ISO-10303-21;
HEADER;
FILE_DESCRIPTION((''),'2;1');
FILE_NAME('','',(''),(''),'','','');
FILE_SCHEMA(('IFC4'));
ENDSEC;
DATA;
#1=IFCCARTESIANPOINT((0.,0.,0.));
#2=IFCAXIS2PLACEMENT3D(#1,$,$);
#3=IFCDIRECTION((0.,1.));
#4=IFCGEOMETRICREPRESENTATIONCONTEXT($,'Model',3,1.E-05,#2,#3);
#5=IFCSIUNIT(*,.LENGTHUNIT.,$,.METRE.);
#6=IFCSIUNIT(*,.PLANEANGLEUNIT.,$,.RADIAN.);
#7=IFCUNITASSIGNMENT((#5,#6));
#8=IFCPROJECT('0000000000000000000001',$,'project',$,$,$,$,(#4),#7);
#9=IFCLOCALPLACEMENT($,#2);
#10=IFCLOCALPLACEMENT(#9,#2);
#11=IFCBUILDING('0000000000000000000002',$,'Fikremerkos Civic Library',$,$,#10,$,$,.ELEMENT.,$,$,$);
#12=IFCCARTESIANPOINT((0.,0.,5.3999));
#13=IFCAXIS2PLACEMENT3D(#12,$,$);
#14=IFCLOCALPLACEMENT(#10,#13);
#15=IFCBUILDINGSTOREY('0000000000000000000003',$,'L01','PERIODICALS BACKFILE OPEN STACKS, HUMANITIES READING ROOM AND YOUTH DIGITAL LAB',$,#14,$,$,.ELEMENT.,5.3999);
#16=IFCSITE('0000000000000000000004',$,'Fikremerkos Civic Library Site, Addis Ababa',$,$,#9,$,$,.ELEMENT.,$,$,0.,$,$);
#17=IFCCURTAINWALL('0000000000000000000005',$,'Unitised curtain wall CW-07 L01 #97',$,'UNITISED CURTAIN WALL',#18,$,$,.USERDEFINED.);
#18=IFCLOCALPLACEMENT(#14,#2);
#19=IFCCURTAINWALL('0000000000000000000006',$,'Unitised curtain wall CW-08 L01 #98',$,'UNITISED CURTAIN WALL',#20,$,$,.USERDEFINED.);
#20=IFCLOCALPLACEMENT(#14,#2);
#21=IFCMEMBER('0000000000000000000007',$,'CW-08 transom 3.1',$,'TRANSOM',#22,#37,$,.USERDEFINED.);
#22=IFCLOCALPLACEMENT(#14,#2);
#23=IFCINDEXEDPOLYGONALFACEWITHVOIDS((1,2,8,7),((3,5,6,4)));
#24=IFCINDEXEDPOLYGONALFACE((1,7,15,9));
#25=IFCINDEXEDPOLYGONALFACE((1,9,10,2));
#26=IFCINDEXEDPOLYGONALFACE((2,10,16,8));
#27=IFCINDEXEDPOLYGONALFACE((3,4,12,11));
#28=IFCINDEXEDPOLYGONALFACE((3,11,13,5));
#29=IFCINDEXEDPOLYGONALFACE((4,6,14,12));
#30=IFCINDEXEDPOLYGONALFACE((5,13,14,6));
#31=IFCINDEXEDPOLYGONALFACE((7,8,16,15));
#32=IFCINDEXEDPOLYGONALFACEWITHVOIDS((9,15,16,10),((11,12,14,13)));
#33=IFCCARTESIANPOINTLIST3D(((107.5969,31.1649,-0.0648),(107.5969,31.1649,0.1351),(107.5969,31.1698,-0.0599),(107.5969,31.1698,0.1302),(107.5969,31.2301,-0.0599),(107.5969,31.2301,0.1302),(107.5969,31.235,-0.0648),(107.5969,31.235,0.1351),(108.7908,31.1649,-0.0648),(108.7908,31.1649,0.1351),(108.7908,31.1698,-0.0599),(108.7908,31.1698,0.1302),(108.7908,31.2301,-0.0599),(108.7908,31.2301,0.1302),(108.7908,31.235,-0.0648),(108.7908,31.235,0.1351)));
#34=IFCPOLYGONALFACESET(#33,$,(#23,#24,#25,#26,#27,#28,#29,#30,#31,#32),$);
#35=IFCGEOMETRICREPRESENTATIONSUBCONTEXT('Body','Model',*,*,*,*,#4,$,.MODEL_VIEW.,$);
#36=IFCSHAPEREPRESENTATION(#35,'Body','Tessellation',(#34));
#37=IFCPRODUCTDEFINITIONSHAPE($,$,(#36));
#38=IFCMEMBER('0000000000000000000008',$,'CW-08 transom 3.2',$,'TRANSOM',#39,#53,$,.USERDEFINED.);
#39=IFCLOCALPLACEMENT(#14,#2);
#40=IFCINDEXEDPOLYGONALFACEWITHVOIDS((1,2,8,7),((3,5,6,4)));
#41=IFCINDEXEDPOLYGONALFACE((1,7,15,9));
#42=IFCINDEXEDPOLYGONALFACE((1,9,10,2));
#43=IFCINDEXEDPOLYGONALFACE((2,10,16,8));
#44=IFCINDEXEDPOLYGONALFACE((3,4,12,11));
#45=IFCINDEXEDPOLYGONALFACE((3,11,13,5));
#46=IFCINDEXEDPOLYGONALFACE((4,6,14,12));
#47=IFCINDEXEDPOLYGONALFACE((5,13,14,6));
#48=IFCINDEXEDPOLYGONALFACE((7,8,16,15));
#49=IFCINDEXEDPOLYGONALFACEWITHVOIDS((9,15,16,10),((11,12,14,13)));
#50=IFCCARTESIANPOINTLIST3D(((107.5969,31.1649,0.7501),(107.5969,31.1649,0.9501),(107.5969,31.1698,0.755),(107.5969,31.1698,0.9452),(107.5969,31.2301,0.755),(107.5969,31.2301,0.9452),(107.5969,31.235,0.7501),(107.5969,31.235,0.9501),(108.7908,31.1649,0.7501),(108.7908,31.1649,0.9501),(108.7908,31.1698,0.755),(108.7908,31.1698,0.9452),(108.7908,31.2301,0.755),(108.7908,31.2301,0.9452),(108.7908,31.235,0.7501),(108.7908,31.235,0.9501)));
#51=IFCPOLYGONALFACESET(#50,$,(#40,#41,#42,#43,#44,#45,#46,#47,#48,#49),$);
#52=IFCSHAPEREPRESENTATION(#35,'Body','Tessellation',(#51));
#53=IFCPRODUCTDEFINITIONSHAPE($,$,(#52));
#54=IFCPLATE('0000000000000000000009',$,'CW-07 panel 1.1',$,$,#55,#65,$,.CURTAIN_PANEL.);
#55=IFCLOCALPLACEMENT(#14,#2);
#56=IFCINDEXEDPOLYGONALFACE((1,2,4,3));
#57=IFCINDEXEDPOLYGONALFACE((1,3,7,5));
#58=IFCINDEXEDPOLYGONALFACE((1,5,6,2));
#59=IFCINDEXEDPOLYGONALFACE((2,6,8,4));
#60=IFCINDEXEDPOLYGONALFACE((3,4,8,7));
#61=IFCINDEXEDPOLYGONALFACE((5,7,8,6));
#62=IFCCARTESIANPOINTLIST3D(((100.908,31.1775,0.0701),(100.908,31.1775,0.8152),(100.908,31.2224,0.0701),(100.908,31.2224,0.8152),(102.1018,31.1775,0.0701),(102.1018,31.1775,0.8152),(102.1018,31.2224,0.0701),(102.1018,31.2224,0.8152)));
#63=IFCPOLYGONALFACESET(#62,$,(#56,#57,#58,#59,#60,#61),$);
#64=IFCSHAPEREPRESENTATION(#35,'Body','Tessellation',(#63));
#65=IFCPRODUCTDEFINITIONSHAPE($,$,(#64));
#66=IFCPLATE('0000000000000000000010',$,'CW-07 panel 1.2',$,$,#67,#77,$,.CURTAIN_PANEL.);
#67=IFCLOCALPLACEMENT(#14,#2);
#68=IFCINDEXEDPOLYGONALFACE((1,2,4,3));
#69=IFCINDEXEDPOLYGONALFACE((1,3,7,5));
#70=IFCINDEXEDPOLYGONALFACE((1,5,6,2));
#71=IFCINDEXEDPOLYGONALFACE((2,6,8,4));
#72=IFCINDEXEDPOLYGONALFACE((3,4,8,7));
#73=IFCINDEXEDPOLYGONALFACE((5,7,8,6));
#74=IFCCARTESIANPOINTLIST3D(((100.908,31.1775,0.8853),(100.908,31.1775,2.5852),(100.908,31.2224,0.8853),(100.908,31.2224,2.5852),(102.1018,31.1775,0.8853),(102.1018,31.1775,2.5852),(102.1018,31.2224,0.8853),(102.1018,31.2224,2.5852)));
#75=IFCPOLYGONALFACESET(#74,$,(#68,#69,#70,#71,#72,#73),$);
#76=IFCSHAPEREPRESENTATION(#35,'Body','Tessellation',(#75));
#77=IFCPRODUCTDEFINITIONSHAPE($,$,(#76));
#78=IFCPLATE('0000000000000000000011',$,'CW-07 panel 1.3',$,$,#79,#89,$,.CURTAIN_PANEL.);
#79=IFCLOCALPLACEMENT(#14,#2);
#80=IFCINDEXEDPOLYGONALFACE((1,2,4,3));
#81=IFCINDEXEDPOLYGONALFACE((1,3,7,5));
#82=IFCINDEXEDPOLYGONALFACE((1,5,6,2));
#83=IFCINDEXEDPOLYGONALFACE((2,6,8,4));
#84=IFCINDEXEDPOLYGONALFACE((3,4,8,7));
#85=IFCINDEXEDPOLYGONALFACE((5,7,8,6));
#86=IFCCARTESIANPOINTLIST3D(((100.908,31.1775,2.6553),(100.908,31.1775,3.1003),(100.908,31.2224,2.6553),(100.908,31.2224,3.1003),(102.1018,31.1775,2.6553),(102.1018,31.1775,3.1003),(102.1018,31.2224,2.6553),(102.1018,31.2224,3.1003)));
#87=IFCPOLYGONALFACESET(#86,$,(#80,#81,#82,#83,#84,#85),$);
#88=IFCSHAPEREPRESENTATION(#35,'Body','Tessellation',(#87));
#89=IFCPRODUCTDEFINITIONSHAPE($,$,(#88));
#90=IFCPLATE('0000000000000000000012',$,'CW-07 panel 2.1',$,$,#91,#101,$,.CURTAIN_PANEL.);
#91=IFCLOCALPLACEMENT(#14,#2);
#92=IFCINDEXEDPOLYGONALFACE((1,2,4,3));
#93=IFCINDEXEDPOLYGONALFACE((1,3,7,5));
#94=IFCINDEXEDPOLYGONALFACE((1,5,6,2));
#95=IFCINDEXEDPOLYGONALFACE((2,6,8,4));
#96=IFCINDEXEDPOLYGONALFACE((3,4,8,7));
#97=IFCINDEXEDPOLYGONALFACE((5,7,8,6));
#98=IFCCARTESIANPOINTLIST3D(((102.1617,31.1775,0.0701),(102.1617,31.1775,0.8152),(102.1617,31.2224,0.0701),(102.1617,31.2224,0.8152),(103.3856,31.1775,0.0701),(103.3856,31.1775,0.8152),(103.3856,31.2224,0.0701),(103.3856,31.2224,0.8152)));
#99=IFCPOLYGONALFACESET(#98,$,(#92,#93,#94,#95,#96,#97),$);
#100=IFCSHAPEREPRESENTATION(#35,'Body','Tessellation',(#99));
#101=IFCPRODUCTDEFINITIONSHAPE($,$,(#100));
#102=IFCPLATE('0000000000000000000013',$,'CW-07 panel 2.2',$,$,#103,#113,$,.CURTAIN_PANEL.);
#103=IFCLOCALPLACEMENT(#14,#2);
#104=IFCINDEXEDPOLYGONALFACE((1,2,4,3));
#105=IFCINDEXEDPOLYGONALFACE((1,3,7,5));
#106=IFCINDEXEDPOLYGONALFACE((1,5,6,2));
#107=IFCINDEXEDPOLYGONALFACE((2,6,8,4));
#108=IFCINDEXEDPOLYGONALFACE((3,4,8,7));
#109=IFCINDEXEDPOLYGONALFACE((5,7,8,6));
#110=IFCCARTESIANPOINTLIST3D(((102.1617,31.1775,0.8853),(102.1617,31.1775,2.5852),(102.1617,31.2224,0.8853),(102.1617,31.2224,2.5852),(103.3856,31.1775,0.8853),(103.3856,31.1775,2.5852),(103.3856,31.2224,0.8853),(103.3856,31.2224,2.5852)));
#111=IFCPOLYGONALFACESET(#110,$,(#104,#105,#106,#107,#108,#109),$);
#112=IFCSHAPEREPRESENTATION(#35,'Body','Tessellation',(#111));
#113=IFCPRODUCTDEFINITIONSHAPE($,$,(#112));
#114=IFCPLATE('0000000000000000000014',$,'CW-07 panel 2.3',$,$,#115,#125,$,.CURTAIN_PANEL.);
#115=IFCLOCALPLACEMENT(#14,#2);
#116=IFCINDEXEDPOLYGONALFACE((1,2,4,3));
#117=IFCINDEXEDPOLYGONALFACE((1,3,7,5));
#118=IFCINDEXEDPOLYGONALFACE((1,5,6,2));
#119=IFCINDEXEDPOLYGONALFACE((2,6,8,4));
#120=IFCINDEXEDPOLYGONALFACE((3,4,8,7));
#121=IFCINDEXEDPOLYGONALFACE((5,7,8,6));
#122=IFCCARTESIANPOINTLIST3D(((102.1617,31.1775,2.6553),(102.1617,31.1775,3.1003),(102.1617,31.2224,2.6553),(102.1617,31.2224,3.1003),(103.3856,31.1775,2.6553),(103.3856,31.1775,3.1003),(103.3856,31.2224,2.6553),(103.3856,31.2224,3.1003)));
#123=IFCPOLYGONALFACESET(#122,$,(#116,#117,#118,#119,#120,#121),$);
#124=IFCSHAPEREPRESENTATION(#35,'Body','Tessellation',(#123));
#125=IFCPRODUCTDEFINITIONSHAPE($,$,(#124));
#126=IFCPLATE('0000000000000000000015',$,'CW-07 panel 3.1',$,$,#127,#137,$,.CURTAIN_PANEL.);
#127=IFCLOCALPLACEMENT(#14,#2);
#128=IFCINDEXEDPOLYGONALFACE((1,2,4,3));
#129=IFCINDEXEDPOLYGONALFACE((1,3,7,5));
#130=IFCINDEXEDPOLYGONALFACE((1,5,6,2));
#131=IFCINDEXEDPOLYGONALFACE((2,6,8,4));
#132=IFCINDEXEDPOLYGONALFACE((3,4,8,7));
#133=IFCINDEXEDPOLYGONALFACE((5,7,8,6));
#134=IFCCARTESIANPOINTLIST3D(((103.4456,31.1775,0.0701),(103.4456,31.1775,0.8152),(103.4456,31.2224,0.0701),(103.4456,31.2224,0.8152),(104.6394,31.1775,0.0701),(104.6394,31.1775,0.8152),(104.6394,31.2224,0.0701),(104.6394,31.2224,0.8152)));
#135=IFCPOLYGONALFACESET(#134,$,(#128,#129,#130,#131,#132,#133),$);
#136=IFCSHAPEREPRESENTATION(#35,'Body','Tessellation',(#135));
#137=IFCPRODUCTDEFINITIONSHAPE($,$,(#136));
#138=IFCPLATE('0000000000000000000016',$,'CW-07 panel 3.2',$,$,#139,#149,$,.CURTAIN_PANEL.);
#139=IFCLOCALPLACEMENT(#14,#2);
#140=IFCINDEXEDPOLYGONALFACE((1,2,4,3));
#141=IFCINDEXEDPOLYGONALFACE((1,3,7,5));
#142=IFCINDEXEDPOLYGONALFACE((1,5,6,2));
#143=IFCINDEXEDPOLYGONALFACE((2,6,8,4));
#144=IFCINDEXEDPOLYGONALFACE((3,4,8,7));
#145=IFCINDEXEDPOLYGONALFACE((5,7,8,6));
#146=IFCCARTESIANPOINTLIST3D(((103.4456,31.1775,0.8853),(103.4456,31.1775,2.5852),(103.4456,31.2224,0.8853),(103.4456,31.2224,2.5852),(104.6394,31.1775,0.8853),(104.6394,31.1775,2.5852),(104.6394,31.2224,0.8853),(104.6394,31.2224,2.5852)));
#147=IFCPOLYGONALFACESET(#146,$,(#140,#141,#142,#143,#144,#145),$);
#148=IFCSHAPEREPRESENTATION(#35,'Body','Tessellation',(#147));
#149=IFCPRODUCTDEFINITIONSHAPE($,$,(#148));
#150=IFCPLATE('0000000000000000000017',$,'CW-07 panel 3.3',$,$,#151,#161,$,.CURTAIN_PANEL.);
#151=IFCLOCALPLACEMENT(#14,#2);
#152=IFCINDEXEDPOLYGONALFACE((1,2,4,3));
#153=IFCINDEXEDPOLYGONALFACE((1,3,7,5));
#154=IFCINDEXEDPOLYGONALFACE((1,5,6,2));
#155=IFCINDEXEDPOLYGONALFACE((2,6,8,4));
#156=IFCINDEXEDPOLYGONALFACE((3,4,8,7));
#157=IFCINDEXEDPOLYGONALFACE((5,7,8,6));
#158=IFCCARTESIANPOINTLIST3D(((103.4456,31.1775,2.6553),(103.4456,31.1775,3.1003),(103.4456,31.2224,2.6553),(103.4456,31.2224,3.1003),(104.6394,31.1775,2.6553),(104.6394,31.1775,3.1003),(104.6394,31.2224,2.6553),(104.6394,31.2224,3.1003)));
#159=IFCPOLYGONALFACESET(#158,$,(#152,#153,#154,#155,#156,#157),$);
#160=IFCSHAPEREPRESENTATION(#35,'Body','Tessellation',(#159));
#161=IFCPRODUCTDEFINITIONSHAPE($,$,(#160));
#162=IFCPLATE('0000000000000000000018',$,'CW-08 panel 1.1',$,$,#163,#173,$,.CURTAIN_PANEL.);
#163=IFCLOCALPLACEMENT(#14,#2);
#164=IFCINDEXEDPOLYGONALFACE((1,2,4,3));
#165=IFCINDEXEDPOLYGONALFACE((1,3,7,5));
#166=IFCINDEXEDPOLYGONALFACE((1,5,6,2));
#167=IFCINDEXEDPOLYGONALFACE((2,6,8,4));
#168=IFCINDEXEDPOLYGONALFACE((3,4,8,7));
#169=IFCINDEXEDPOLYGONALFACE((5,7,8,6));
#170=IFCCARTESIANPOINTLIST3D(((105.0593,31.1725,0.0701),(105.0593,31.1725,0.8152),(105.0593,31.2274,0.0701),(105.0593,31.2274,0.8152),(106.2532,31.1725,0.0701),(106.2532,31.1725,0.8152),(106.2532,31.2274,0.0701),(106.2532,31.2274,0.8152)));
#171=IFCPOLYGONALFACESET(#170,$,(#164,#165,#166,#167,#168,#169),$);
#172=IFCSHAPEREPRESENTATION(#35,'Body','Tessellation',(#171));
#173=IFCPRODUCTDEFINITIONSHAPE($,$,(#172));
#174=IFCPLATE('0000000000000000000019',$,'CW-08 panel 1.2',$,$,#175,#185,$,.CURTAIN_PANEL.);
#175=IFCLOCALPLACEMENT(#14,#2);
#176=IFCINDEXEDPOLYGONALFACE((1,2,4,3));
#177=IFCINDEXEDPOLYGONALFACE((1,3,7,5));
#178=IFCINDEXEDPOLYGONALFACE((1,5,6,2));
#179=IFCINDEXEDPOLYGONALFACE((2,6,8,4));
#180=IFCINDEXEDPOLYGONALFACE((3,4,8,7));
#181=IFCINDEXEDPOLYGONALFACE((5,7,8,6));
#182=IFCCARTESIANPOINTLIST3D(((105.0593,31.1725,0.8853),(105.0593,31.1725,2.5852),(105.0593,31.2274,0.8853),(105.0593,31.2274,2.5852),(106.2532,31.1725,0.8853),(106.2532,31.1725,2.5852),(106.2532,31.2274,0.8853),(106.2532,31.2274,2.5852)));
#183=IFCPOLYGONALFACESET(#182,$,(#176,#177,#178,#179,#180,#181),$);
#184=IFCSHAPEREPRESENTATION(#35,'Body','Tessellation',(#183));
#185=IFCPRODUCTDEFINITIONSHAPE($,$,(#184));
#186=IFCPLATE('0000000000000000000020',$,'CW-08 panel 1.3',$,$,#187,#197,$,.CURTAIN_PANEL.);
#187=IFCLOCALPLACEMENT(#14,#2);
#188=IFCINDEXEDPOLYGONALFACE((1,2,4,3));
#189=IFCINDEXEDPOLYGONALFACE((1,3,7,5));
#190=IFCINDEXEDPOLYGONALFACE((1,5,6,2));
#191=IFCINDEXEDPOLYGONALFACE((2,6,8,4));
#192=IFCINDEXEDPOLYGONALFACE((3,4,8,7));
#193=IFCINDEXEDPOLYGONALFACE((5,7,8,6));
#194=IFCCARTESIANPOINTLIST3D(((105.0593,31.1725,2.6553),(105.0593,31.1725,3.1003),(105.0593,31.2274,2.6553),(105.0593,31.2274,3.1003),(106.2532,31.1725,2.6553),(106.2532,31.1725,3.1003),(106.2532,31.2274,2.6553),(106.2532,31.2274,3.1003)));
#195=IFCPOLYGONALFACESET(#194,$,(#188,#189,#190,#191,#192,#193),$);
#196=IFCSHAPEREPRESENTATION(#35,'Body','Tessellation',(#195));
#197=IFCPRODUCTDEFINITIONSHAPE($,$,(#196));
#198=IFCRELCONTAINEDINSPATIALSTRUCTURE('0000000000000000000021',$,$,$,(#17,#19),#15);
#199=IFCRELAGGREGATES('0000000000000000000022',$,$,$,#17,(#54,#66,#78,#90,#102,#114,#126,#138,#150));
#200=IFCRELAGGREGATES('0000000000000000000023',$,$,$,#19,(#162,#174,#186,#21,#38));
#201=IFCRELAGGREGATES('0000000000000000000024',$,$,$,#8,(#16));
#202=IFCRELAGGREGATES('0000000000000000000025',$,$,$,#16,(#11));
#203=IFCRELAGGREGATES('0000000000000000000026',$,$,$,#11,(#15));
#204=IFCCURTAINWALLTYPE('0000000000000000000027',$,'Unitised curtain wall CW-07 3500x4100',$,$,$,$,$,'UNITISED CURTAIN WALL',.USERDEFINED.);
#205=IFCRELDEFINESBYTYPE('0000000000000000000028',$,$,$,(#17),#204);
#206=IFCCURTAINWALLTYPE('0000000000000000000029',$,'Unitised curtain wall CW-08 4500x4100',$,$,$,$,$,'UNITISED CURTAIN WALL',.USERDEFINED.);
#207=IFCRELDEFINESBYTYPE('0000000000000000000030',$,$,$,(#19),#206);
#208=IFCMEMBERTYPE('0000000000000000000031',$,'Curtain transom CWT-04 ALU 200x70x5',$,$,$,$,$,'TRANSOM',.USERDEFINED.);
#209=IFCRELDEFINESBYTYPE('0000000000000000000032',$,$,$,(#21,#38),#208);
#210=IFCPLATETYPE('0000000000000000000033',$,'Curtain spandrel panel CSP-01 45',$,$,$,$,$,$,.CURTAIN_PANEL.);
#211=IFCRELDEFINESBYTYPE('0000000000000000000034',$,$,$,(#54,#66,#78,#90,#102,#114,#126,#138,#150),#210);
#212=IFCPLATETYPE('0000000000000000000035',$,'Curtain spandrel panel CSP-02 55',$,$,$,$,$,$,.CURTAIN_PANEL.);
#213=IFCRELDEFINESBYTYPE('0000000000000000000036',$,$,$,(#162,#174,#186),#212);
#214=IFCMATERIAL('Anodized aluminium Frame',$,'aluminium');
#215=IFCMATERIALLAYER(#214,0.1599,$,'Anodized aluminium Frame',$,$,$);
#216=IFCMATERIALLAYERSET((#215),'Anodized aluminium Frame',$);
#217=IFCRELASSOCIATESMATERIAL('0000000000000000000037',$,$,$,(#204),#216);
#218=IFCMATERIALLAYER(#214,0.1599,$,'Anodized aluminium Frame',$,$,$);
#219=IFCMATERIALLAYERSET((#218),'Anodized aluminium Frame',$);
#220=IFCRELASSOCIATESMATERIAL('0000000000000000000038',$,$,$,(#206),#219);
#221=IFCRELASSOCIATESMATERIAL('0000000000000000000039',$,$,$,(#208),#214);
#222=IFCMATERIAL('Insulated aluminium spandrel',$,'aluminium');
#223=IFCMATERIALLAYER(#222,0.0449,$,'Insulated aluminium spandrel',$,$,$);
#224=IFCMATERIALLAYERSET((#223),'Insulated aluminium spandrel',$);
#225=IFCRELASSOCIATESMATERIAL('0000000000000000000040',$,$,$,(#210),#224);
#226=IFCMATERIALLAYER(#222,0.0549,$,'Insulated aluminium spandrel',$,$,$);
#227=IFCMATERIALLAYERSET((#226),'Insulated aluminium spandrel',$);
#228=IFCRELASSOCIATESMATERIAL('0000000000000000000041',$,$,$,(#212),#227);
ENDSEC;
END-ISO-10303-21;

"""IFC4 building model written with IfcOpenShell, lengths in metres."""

from ifc_helpers import new_model, si_unit, direction, frame, origin, origin_2d, place, context, subcontext, project, spatial, rectangle, hollow_rectangle, extrude, material, layer, layer_set, material_profile, profile_set, type_object, element, aggregate, save


model = new_model("IFC4")

# Units and contexts
model_context = context("Model", 3, precision=1e-05, world=origin(), true_north=direction((0.0, 1.0)))
body_context = subcontext(model_context, "Body", "Model", "MODEL_VIEW")
ifc_project = project(units=[si_unit("LENGTHUNIT", "METRE"), si_unit("PLANEANGLEUNIT", "RADIAN")], contexts=[model_context])

# Site, building, storey
site_placement = place(None, origin())
site = spatial("IfcSite", under=ifc_project, at=site_placement, Name="Fikremerkos Civic Library Site, Addis Ababa", CompositionType="ELEMENT", RefElevation=0.0)
building_placement = place(site_placement, origin())
building = spatial("IfcBuilding", under=site, at=building_placement, Name="Fikremerkos Civic Library", CompositionType="ELEMENT")
storey_placement = place(building_placement, frame((0.0, 0.0, 5.3999)))
storey = spatial("IfcBuildingStorey", under=building, at=storey_placement, Name="L01", Description="PERIODICALS BACKFILE OPEN STACKS, HUMANITIES READING ROOM AND YOUTH DIGITAL LAB", CompositionType="ELEMENT", Elevation=5.3999)

# Curtain walls
ifc_material_1 = material(Name="Anodized aluminium Frame", Category="aluminium")
ifc_layer_1 = layer(ifc_material_1, 0.1599, Name="Anodized aluminium Frame")
ifc_layer_set_1 = layer_set([ifc_layer_1], Name="Anodized aluminium Frame")
curtain_wall_type_1 = type_object("IfcCurtainWallType", Name="Unitised curtain wall CW-07 3500x4100", ElementType="UNITISED CURTAIN WALL", PredefinedType="USERDEFINED", material=ifc_layer_set_1)
curtain_wall_1_placement = place(storey_placement, origin())
curtain_wall_1 = element("IfcCurtainWall", 1, at=curtain_wall_1_placement, inside=storey, type_object=curtain_wall_type_1, Name="Unitised curtain wall CW-07 L01 #97", ObjectType="UNITISED CURTAIN WALL", PredefinedType="USERDEFINED")
ifc_layer_2 = layer(ifc_material_1, 0.1599, Name="Anodized aluminium Frame")
ifc_layer_set_2 = layer_set([ifc_layer_2], Name="Anodized aluminium Frame")
curtain_wall_type_2 = type_object("IfcCurtainWallType", Name="Unitised curtain wall CW-08 4500x4100", ElementType="UNITISED CURTAIN WALL", PredefinedType="USERDEFINED", material=ifc_layer_set_2)
curtain_wall_2_placement = place(storey_placement, origin())
curtain_wall_2 = element("IfcCurtainWall", 2, at=curtain_wall_2_placement, inside=storey, type_object=curtain_wall_type_2, Name="Unitised curtain wall CW-08 L01 #98", ObjectType="UNITISED CURTAIN WALL", PredefinedType="USERDEFINED")

# Members
ifc_material_profile_1 = material_profile(ifc_material_1, hollow_rectangle(XDim=0.0701, YDim=0.2, WallThickness=0.0049, at=origin_2d()), Name="ALU 200x70x5")
ifc_profile_set_1 = profile_set([ifc_material_profile_1], Name="Anodized aluminium Frame")
member_type_1 = type_object("IfcMemberType", Name="Curtain transom CWT-04 ALU 200x70x5", ElementType="TRANSOM", PredefinedType="USERDEFINED", material=ifc_profile_set_1)
member_1_placement = place(storey_placement, frame((107.5969, 31.2, 0.0352), z_axis=(1.0, 0.0, 0.0), x_axis=(0.0, 1.0, 0.0)))
member_1 = element("IfcMember", 3, at=member_1_placement, type_object=member_type_1, Name="CW-08 transom 3.1", ObjectType="TRANSOM", PredefinedType="USERDEFINED", context=body_context, shape_type="SweptSolid", body=[
    extrude(hollow_rectangle(XDim=0.0701, YDim=0.2, WallThickness=0.0049, at=origin_2d()), origin(), (0.0, 0.0, 1.0), 1.1938),
])
member_2_placement = place(storey_placement, frame((107.5969, 31.2, 0.8501), z_axis=(1.0, 0.0, 0.0), x_axis=(0.0, 1.0, 0.0)))
member_2 = element("IfcMember", 4, at=member_2_placement, type_object=member_type_1, Name="CW-08 transom 3.2", ObjectType="TRANSOM", PredefinedType="USERDEFINED", context=body_context, shape_type="SweptSolid", body=[
    extrude(hollow_rectangle(XDim=0.0701, YDim=0.2, WallThickness=0.0049, at=origin_2d()), origin(), (0.0, 0.0, 1.0), 1.1938),
])

# Plates
ifc_material_2 = material(Name="Insulated aluminium spandrel", Category="aluminium")
ifc_layer_3 = layer(ifc_material_2, 0.0449, Name="Insulated aluminium spandrel")
ifc_layer_set_3 = layer_set([ifc_layer_3], Name="Insulated aluminium spandrel")
plate_type_1 = type_object("IfcPlateType", Name="Curtain spandrel panel CSP-01 45", PredefinedType="CURTAIN_PANEL", material=ifc_layer_set_3)
plate_1_placement = place(storey_placement, frame((101.5049, 31.2, 0.0701), z_axis=(0.0, 0.0, 1.0), x_axis=(1.0, 0.0, 0.0)))
plate_1 = element("IfcPlate", 5, at=plate_1_placement, type_object=plate_type_1, Name="CW-07 panel 1.1", PredefinedType="CURTAIN_PANEL", context=body_context, shape_type="SweptSolid", body=[
    extrude(rectangle(XDim=1.1938, YDim=0.0449, at=origin_2d()), origin(), (0.0, 0.0, 1.0), 0.7451),
])
plate_2_placement = place(storey_placement, frame((101.5049, 31.2, 0.8853), z_axis=(0.0, 0.0, 1.0), x_axis=(1.0, 0.0, 0.0)))
plate_2 = element("IfcPlate", 6, at=plate_2_placement, type_object=plate_type_1, Name="CW-07 panel 1.2", PredefinedType="CURTAIN_PANEL", context=body_context, shape_type="SweptSolid", body=[
    extrude(rectangle(XDim=1.1938, YDim=0.0449, at=origin_2d()), origin(), (0.0, 0.0, 1.0), 1.7),
])
plate_3_placement = place(storey_placement, frame((101.5049, 31.2, 2.6553), z_axis=(0.0, 0.0, 1.0), x_axis=(1.0, 0.0, 0.0)))
plate_3 = element("IfcPlate", 7, at=plate_3_placement, type_object=plate_type_1, Name="CW-07 panel 1.3", PredefinedType="CURTAIN_PANEL", context=body_context, shape_type="SweptSolid", body=[
    extrude(rectangle(XDim=1.1938, YDim=0.0449, at=origin_2d()), origin(), (0.0, 0.0, 1.0), 0.4451),
])
plate_4_placement = place(storey_placement, frame((102.7737, 31.2, 0.0701), z_axis=(0.0, 0.0, 1.0), x_axis=(1.0, 0.0, 0.0)))
plate_4 = element("IfcPlate", 8, at=plate_4_placement, type_object=plate_type_1, Name="CW-07 panel 2.1", PredefinedType="CURTAIN_PANEL", context=body_context, shape_type="SweptSolid", body=[
    extrude(rectangle(XDim=1.2239, YDim=0.0449, at=origin_2d()), origin(), (0.0, 0.0, 1.0), 0.7451),
])
plate_5_placement = place(storey_placement, frame((102.7737, 31.2, 0.8853), z_axis=(0.0, 0.0, 1.0), x_axis=(1.0, 0.0, 0.0)))
plate_5 = element("IfcPlate", 9, at=plate_5_placement, type_object=plate_type_1, Name="CW-07 panel 2.2", PredefinedType="CURTAIN_PANEL", context=body_context, shape_type="SweptSolid", body=[
    extrude(rectangle(XDim=1.2239, YDim=0.0449, at=origin_2d()), origin(), (0.0, 0.0, 1.0), 1.7),
])
plate_6_placement = place(storey_placement, frame((102.7737, 31.2, 2.6553), z_axis=(0.0, 0.0, 1.0), x_axis=(1.0, 0.0, 0.0)))
plate_6 = element("IfcPlate", 10, at=plate_6_placement, type_object=plate_type_1, Name="CW-07 panel 2.3", PredefinedType="CURTAIN_PANEL", context=body_context, shape_type="SweptSolid", body=[
    extrude(rectangle(XDim=1.2239, YDim=0.0449, at=origin_2d()), origin(), (0.0, 0.0, 1.0), 0.4451),
])
plate_7_placement = place(storey_placement, frame((104.0425, 31.2, 0.0701), z_axis=(0.0, 0.0, 1.0), x_axis=(1.0, 0.0, 0.0)))
plate_7 = element("IfcPlate", 11, at=plate_7_placement, type_object=plate_type_1, Name="CW-07 panel 3.1", PredefinedType="CURTAIN_PANEL", context=body_context, shape_type="SweptSolid", body=[
    extrude(rectangle(XDim=1.1938, YDim=0.0449, at=origin_2d()), origin(), (0.0, 0.0, 1.0), 0.7451),
])
plate_8_placement = place(storey_placement, frame((104.0425, 31.2, 0.8853), z_axis=(0.0, 0.0, 1.0), x_axis=(1.0, 0.0, 0.0)))
plate_8 = element("IfcPlate", 12, at=plate_8_placement, type_object=plate_type_1, Name="CW-07 panel 3.2", PredefinedType="CURTAIN_PANEL", context=body_context, shape_type="SweptSolid", body=[
    extrude(rectangle(XDim=1.1938, YDim=0.0449, at=origin_2d()), origin(), (0.0, 0.0, 1.0), 1.7),
])
plate_9_placement = place(storey_placement, frame((104.0425, 31.2, 2.6553), z_axis=(0.0, 0.0, 1.0), x_axis=(1.0, 0.0, 0.0)))
plate_9 = element("IfcPlate", 13, at=plate_9_placement, type_object=plate_type_1, Name="CW-07 panel 3.3", PredefinedType="CURTAIN_PANEL", context=body_context, shape_type="SweptSolid", body=[
    extrude(rectangle(XDim=1.1938, YDim=0.0449, at=origin_2d()), origin(), (0.0, 0.0, 1.0), 0.4451),
])
aggregate(curtain_wall_1, [plate_1, plate_2, plate_3, plate_4, plate_5, plate_6, plate_7, plate_8, plate_9])
ifc_layer_4 = layer(ifc_material_2, 0.0549, Name="Insulated aluminium spandrel")
ifc_layer_set_4 = layer_set([ifc_layer_4], Name="Insulated aluminium spandrel")
plate_type_2 = type_object("IfcPlateType", Name="Curtain spandrel panel CSP-02 55", PredefinedType="CURTAIN_PANEL", material=ifc_layer_set_4)
plate_10_placement = place(storey_placement, frame((105.6562, 31.2, 0.0701), z_axis=(0.0, 0.0, 1.0), x_axis=(1.0, 0.0, 0.0)))
plate_10 = element("IfcPlate", 14, at=plate_10_placement, type_object=plate_type_2, Name="CW-08 panel 1.1", PredefinedType="CURTAIN_PANEL", context=body_context, shape_type="SweptSolid", body=[
    extrude(rectangle(XDim=1.1938, YDim=0.0549, at=origin_2d()), origin(), (0.0, 0.0, 1.0), 0.7451),
])
plate_11_placement = place(storey_placement, frame((105.6562, 31.2, 0.8853), z_axis=(0.0, 0.0, 1.0), x_axis=(1.0, 0.0, 0.0)))
plate_11 = element("IfcPlate", 15, at=plate_11_placement, type_object=plate_type_2, Name="CW-08 panel 1.2", PredefinedType="CURTAIN_PANEL", context=body_context, shape_type="SweptSolid", body=[
    extrude(rectangle(XDim=1.1938, YDim=0.0549, at=origin_2d()), origin(), (0.0, 0.0, 1.0), 1.7),
])
plate_12_placement = place(storey_placement, frame((105.6562, 31.2, 2.6553), z_axis=(0.0, 0.0, 1.0), x_axis=(1.0, 0.0, 0.0)))
plate_12 = element("IfcPlate", 16, at=plate_12_placement, type_object=plate_type_2, Name="CW-08 panel 1.3", PredefinedType="CURTAIN_PANEL", context=body_context, shape_type="SweptSolid", body=[
    extrude(rectangle(XDim=1.1938, YDim=0.0549, at=origin_2d()), origin(), (0.0, 0.0, 1.0), 0.4451),
])
aggregate(curtain_wall_2, [plate_10, plate_11, plate_12, member_1, member_2])

save(model, "model.ifc")
